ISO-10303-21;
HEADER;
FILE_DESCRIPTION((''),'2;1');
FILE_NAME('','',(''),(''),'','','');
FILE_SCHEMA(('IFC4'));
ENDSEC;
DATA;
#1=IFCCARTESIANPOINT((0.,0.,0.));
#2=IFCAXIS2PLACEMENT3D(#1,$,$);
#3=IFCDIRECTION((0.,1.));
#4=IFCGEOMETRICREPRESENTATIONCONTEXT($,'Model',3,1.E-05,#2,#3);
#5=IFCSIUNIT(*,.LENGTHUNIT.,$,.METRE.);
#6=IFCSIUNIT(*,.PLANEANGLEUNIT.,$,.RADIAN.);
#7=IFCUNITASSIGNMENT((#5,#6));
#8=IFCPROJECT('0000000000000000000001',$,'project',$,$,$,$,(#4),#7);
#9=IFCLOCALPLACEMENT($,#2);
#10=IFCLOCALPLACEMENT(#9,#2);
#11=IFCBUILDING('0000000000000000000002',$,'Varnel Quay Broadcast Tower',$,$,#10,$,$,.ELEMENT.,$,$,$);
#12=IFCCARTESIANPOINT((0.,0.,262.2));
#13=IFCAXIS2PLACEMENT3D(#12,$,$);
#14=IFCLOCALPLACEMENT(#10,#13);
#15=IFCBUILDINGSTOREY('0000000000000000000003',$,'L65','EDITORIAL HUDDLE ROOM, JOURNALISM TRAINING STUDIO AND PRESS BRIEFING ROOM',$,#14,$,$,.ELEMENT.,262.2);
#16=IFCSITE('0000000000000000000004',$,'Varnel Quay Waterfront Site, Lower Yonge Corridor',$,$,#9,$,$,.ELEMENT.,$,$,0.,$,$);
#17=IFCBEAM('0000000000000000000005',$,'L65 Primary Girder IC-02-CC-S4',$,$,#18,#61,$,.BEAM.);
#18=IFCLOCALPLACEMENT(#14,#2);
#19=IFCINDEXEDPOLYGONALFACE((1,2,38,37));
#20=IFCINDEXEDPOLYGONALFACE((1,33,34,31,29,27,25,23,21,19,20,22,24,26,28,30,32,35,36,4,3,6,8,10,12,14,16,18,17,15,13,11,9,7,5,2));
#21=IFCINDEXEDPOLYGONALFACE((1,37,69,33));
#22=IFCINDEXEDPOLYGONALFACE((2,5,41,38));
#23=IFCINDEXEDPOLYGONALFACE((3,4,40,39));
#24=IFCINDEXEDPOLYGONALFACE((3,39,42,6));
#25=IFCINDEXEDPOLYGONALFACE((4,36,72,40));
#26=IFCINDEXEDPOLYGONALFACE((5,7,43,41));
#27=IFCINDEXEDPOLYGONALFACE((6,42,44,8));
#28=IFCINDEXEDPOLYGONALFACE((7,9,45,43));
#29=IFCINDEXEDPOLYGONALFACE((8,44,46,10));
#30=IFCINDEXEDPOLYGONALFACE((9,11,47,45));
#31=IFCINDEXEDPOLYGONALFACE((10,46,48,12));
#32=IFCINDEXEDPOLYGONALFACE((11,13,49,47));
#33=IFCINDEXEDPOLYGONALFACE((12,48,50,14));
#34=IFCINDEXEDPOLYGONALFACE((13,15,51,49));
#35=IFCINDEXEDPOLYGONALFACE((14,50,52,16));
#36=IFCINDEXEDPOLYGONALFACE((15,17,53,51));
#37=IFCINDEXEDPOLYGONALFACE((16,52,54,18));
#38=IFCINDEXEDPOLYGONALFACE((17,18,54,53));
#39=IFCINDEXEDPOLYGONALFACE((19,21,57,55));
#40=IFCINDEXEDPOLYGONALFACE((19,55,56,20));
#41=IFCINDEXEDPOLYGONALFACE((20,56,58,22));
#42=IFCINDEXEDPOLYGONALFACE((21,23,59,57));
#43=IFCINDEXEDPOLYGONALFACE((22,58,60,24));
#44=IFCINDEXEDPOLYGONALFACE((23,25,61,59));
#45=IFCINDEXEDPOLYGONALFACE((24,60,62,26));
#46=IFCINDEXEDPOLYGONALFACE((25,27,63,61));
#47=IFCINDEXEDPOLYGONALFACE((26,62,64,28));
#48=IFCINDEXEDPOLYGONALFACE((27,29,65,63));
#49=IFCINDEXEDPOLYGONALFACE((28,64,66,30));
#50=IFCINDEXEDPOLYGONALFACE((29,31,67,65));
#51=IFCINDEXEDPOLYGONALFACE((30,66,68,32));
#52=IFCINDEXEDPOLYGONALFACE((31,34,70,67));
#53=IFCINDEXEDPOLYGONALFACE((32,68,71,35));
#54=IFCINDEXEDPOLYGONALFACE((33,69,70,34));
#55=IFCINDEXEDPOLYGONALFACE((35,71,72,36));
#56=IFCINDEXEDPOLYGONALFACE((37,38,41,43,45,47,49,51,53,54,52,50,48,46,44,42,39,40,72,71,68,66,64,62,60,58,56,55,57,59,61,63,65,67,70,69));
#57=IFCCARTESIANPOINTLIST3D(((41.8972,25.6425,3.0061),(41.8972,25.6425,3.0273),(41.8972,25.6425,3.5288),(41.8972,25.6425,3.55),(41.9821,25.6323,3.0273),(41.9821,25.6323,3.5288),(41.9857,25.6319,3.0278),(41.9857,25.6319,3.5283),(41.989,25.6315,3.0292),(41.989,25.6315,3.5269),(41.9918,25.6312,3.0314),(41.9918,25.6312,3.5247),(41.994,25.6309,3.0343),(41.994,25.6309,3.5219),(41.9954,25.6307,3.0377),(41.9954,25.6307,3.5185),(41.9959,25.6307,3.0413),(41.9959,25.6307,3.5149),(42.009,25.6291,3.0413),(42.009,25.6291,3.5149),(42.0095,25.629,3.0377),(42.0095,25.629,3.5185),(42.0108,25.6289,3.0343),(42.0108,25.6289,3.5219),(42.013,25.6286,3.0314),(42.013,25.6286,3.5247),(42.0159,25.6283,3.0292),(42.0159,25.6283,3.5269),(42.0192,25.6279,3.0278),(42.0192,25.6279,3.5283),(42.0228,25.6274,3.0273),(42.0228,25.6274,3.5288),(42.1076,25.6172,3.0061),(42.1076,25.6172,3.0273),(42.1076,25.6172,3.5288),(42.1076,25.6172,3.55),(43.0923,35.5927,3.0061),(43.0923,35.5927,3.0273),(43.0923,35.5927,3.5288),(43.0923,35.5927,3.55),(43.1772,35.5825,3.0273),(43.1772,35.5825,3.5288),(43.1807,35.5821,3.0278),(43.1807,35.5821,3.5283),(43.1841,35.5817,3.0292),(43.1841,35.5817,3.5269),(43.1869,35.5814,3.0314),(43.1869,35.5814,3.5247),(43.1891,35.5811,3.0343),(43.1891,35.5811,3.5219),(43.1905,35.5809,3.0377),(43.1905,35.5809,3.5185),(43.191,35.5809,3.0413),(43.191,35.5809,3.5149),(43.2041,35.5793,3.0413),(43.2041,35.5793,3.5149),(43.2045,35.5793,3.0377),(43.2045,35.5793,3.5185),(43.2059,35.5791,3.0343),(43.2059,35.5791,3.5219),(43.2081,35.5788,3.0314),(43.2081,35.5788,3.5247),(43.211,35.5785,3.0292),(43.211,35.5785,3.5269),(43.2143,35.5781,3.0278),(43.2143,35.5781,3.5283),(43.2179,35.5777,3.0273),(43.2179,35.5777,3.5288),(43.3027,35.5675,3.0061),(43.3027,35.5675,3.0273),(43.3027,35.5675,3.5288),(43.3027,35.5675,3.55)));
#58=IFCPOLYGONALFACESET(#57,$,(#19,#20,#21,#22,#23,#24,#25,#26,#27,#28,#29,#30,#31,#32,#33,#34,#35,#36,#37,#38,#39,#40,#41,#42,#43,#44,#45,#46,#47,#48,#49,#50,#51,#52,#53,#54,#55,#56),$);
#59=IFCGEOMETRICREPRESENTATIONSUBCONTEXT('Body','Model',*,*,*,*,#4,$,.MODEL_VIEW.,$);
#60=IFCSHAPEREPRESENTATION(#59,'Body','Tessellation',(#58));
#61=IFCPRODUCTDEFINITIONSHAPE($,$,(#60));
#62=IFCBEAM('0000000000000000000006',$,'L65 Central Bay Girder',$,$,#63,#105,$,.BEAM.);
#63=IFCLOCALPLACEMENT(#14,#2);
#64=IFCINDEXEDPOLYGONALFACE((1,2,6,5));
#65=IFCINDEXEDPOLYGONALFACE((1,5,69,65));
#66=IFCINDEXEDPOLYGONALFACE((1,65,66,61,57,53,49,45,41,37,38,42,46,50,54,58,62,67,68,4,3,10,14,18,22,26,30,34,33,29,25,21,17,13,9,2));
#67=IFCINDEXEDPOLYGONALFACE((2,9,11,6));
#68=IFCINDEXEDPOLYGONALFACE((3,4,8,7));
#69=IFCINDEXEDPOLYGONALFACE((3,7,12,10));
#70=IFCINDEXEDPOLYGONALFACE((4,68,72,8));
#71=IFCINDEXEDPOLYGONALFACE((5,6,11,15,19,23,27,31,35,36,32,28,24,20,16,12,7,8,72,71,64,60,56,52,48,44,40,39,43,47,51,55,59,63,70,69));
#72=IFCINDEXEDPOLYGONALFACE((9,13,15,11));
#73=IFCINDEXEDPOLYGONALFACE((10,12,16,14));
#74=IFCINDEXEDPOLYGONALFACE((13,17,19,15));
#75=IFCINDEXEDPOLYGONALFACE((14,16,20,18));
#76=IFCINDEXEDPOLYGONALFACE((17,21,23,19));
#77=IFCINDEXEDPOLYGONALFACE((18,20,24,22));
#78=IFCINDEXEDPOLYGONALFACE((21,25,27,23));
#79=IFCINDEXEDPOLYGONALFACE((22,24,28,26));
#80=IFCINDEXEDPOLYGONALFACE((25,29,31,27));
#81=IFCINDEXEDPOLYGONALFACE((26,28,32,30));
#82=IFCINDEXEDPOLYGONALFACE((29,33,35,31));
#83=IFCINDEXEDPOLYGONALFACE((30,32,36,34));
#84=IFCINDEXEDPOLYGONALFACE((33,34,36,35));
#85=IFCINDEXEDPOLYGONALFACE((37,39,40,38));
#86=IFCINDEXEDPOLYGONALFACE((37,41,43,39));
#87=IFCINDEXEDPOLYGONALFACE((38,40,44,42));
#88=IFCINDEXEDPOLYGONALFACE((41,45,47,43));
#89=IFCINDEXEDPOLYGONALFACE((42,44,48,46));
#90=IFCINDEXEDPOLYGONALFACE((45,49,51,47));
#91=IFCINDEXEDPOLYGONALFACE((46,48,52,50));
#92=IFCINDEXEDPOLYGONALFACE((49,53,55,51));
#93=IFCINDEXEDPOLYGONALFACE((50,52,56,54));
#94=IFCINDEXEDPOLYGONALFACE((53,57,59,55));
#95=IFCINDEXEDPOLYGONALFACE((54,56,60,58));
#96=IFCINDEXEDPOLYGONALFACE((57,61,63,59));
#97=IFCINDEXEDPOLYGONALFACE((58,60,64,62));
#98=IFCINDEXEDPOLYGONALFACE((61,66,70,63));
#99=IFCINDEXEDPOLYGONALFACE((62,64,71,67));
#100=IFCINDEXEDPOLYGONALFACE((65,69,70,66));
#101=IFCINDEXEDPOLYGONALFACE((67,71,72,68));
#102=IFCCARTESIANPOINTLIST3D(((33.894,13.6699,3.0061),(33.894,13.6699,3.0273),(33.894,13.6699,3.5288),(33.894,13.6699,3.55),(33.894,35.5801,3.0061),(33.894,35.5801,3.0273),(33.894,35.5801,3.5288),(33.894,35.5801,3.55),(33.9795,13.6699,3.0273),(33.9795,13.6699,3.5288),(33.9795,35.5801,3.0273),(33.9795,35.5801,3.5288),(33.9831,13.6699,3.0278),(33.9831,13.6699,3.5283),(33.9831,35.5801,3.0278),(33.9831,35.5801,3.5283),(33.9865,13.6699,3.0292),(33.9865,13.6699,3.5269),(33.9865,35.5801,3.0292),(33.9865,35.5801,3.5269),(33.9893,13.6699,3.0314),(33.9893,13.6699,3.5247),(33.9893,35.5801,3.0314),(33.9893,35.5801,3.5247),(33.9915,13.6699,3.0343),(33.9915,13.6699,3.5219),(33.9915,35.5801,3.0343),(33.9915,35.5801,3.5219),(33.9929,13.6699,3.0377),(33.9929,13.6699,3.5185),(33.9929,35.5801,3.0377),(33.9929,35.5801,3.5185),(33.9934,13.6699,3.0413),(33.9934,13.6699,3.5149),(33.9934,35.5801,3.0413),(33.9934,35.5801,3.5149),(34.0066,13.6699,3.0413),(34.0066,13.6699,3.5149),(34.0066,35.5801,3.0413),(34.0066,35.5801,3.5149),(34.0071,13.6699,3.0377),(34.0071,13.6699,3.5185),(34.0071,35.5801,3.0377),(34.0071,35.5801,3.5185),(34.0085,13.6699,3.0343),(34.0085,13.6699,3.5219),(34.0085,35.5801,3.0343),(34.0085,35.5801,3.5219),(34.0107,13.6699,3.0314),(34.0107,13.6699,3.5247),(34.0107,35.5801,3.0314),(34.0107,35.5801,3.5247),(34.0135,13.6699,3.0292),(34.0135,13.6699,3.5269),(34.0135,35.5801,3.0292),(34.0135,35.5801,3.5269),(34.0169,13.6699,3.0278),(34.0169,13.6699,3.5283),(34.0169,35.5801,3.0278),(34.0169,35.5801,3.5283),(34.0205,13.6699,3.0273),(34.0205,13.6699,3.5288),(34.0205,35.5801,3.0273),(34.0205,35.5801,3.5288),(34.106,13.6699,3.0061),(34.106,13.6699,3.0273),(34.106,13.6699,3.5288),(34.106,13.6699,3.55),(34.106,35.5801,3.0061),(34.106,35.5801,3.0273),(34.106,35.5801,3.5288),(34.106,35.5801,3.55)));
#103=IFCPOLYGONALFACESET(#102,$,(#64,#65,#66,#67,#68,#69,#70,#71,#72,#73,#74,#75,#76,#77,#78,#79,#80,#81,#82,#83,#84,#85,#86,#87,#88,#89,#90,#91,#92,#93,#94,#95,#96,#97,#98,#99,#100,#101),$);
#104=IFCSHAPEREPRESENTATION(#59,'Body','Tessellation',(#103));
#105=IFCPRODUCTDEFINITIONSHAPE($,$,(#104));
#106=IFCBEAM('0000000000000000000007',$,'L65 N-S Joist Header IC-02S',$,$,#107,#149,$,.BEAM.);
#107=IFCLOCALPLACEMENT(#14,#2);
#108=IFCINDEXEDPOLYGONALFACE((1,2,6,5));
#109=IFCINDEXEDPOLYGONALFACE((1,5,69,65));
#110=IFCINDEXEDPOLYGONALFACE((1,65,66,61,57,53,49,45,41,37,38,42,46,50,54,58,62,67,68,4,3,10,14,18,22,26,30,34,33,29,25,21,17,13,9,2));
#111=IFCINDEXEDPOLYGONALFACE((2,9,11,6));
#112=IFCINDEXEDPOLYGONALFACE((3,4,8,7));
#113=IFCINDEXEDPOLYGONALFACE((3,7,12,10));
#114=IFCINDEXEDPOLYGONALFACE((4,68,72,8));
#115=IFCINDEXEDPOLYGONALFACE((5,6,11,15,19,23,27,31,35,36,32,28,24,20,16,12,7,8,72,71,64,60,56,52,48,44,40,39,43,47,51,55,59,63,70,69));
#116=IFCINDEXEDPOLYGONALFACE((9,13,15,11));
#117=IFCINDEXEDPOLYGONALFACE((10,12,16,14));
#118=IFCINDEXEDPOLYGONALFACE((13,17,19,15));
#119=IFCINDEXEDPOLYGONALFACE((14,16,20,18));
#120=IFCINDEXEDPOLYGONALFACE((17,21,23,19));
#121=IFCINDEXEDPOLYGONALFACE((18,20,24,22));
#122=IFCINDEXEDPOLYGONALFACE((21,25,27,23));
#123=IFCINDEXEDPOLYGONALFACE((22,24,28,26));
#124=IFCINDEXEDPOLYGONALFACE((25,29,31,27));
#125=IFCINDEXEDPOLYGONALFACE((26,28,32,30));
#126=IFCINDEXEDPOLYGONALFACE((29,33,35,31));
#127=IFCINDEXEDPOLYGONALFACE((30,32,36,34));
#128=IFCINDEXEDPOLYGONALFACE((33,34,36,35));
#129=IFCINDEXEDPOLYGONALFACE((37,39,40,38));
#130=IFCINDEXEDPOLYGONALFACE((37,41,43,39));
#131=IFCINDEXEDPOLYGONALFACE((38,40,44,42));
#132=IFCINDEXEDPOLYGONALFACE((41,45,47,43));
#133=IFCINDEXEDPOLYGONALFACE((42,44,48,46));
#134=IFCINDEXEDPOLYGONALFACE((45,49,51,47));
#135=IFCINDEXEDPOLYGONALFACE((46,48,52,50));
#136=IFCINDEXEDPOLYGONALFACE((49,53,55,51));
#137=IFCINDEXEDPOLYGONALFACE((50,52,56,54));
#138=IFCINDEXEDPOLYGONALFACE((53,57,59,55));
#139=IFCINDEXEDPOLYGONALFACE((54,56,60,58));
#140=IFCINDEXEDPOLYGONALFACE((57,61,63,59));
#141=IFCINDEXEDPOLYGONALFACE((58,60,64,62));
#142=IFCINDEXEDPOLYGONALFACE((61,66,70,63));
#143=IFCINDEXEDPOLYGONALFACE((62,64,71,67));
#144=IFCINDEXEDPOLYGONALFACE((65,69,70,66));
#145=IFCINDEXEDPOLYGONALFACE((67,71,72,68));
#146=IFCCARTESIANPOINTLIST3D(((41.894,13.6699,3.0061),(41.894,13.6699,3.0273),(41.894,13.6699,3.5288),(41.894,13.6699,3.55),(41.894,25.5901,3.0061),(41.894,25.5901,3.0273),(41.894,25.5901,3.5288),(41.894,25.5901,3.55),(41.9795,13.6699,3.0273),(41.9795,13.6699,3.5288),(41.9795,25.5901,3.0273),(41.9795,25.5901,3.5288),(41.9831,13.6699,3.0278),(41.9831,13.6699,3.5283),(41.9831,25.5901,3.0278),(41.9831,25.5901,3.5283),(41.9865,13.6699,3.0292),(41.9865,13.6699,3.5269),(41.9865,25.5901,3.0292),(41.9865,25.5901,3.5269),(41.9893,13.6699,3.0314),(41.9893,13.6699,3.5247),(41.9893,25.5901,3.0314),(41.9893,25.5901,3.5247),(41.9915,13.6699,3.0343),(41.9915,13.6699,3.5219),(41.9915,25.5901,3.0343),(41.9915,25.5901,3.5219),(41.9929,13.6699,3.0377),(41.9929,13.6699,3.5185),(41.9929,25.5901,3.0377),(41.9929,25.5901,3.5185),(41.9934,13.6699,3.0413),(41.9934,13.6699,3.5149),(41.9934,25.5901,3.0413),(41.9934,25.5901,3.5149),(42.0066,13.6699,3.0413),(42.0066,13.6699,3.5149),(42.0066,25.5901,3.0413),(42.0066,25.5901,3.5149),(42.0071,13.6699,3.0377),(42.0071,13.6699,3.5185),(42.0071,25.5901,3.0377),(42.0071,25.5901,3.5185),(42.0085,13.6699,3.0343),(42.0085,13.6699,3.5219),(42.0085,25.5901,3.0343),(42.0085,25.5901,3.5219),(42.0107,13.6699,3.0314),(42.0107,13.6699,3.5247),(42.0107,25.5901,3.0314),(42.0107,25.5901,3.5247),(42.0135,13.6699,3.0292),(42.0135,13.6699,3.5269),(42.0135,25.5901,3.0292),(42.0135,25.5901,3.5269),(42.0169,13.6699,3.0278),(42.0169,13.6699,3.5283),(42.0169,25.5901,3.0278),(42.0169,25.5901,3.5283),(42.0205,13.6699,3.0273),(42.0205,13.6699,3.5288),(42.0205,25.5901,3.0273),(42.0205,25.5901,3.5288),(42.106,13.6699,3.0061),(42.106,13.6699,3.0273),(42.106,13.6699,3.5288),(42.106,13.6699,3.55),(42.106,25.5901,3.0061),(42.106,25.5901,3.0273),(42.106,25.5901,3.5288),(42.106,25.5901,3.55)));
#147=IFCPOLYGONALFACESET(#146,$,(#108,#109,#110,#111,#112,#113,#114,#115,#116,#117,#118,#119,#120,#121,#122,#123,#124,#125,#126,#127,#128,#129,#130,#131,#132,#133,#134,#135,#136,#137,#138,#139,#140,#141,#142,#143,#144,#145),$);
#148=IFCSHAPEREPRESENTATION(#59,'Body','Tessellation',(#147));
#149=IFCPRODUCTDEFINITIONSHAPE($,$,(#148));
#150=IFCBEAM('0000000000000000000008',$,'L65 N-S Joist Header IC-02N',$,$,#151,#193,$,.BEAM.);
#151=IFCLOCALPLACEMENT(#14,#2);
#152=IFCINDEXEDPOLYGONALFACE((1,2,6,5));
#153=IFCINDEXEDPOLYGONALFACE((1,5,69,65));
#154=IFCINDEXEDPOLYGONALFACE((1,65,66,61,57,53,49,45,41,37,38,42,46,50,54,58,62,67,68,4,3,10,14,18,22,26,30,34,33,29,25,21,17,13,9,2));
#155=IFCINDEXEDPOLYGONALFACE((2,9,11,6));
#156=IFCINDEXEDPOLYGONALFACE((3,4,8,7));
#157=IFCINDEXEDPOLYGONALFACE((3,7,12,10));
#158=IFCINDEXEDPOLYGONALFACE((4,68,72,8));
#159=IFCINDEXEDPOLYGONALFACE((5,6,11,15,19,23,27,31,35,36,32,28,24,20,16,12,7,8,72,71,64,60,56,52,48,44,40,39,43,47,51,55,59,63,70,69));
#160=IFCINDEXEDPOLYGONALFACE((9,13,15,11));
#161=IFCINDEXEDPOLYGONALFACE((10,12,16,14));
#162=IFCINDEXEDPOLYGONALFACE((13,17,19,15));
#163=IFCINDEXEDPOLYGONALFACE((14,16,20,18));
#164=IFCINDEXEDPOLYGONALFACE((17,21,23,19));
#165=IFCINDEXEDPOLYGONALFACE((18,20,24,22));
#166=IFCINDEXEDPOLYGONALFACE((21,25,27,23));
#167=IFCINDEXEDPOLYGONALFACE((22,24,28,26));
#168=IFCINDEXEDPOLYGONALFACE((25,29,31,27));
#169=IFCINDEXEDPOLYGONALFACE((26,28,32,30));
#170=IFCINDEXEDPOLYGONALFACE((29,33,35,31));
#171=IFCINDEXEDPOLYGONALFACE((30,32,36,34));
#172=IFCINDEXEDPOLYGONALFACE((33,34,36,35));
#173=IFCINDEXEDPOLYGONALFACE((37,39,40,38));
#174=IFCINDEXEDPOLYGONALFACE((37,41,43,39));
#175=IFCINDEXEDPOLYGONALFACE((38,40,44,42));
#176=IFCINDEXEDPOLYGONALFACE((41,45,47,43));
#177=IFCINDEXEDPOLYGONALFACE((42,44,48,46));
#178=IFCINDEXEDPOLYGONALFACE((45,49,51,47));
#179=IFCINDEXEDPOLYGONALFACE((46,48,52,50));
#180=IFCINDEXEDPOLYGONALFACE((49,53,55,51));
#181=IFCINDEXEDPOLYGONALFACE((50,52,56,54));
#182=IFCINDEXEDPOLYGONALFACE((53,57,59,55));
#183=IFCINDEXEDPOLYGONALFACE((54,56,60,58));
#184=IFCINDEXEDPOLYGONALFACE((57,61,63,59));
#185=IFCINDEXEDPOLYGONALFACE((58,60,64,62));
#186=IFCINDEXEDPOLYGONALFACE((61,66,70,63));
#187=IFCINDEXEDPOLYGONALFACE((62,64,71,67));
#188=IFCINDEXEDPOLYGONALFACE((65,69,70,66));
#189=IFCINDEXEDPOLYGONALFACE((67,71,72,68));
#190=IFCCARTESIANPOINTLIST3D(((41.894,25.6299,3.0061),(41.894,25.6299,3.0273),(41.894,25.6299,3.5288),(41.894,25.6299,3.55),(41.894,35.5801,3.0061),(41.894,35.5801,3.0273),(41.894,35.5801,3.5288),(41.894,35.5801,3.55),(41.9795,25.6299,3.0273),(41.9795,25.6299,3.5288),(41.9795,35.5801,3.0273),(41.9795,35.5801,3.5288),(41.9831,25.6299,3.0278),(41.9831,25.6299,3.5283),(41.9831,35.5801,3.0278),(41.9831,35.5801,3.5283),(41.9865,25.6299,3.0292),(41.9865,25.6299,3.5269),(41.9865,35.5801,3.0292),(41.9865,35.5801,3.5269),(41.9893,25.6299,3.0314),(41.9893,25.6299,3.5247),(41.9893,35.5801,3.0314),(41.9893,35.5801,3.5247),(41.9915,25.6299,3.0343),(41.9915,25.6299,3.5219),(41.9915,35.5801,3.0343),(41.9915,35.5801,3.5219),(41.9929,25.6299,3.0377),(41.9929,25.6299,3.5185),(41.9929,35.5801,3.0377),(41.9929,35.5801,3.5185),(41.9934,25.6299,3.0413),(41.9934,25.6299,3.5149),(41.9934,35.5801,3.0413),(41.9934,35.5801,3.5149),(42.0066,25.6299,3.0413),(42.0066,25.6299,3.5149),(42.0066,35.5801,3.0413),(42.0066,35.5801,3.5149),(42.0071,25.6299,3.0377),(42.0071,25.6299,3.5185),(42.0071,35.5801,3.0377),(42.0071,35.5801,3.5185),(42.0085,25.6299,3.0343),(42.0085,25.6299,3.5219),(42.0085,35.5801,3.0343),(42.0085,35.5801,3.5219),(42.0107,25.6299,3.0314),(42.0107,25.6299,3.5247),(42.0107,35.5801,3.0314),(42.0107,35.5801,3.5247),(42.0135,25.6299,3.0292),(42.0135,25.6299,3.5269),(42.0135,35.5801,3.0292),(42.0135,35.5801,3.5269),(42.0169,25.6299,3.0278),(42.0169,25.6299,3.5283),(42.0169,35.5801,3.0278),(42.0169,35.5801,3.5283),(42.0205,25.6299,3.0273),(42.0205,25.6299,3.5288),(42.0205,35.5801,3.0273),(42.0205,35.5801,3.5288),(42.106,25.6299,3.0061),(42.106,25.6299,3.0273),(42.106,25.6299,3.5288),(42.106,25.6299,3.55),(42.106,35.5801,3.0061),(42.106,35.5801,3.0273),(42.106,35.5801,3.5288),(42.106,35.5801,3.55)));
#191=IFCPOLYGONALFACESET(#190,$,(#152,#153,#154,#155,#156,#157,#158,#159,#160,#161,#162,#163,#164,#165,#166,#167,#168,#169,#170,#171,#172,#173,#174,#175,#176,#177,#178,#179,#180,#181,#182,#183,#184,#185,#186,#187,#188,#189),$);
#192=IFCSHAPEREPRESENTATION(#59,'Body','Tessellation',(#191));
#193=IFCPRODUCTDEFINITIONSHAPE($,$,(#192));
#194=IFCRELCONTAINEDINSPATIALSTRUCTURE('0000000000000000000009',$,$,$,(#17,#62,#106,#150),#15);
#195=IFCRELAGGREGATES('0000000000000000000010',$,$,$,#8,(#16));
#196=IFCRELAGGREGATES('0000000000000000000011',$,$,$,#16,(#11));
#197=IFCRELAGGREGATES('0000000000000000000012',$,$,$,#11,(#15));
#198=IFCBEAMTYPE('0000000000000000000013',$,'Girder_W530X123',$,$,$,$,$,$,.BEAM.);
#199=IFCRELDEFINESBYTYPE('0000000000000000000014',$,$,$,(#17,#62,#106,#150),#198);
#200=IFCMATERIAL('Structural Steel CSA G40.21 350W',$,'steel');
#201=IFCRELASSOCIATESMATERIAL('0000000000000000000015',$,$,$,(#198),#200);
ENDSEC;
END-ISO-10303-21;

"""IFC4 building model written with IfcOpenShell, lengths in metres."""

from ifc_helpers import new_model, si_unit, direction, frame, origin, origin_2d, place, context, subcontext, project, spatial, i_section, extrude, source, transform, mapped, material, material_profile, profile_set, type_object, element, save


model = new_model("IFC4")

# Units and contexts
model_context = context("Model", 3, precision=1e-05, world=origin(), true_north=direction((0.0, 1.0)))
body_context = subcontext(model_context, "Body", "Model", "MODEL_VIEW")
ifc_project = project(units=[si_unit("LENGTHUNIT", "METRE"), si_unit("PLANEANGLEUNIT", "RADIAN")], contexts=[model_context])

# Site, building, storey
site_placement = place(None, origin())
site = spatial("IfcSite", under=ifc_project, at=site_placement, Name="Varnel Quay Waterfront Site, Lower Yonge Corridor", CompositionType="ELEMENT", RefElevation=0.0)
building_placement = place(site_placement, origin())
building = spatial("IfcBuilding", under=site, at=building_placement, Name="Varnel Quay Broadcast Tower", CompositionType="ELEMENT")
storey_placement = place(building_placement, frame((0.0, 0.0, 262.2)))
storey = spatial("IfcBuildingStorey", under=building, at=storey_placement, Name="L65", Description="EDITORIAL HUDDLE ROOM, JOURNALISM TRAINING STUDIO AND PRESS BRIEFING ROOM", CompositionType="ELEMENT", Elevation=262.2)

# Shared definitions
ifc_material_1 = material(Name="Structural Steel CSA G40.21 350W", Category="steel")

# Beams
ifc_material_profile_1 = material_profile(ifc_material_1, i_section(OverallWidth=0.2119, OverallDepth=0.5439, WebThickness=0.0132, FlangeThickness=0.0212, FilletRadius=0.0139, at=origin_2d()), Name="W530X123")
ifc_profile_set_1 = profile_set([ifc_material_profile_1], Name="Structural Steel CSA G40.21 350W")
beam_type_1 = type_object("IfcBeamType", Name="Girder_W530X123", PredefinedType="BEAM", material=ifc_profile_set_1)
shared_shape_1 = source(origin(), body_context, "Body", "SweptSolid", [
    extrude(i_section(OverallWidth=0.2119, OverallDepth=0.5439, WebThickness=0.0132, FlangeThickness=0.0212, FilletRadius=0.0139, at=origin_2d()), origin(), (0.0, 0.0, 1.0), 10.0217),
])
beam_1_placement = place(storey_placement, frame((42.0024, 25.6299, 3.2781), z_axis=(0.119248, 0.992864, 0.0), x_axis=(-0.992864, 0.119248, 0.0)))
element("IfcBeam", 1, at=beam_1_placement, inside=storey, type_object=beam_type_1, Name="L65 Primary Girder IC-02-CC-S4", PredefinedType="BEAM", context=body_context, shape_type="MappedRepresentation", body=[
    mapped(shared_shape_1, transform((0.0, 0.0, 0.0), x_axis=(1.0, 0.0, 0.0), y_axis=(0.0, 1.0, 0.0), z_axis=(0.0, 0.0, 1.0), scale=1.0)),
])
shared_shape_2 = source(origin(), body_context, "Body", "SweptSolid", [
    extrude(i_section(OverallWidth=0.2119, OverallDepth=0.5439, WebThickness=0.0132, FlangeThickness=0.0212, FilletRadius=0.0139, at=origin_2d()), origin(), (0.0, 0.0, 1.0), 21.9102),
])
beam_2_placement = place(storey_placement, frame((34.0, 13.6699, 3.2781), z_axis=(0.0, 1.0, 0.0), x_axis=(-1.0, 0.0, 0.0)))
element("IfcBeam", 2, at=beam_2_placement, inside=storey, type_object=beam_type_1, Name="L65 Central Bay Girder", PredefinedType="BEAM", context=body_context, shape_type="MappedRepresentation", body=[
    mapped(shared_shape_2, transform((0.0, 0.0, 0.0), x_axis=(1.0, 0.0, 0.0), y_axis=(0.0, 1.0, 0.0), z_axis=(0.0, 0.0, 1.0), scale=1.0)),
])
shared_shape_3 = source(origin(), body_context, "Body", "SweptSolid", [
    extrude(i_section(OverallWidth=0.2119, OverallDepth=0.5439, WebThickness=0.0132, FlangeThickness=0.0212, FilletRadius=0.0139, at=origin_2d()), origin(), (0.0, 0.0, 1.0), 11.9202),
])
beam_3_placement = place(storey_placement, frame((42.0, 13.6699, 3.2781), z_axis=(0.0, 1.0, 0.0), x_axis=(-1.0, 0.0, 0.0)))
element("IfcBeam", 3, at=beam_3_placement, inside=storey, type_object=beam_type_1, Name="L65 N-S Joist Header IC-02S", PredefinedType="BEAM", context=body_context, shape_type="MappedRepresentation", body=[
    mapped(shared_shape_3, transform((0.0, 0.0, 0.0), x_axis=(1.0, 0.0, 0.0), y_axis=(0.0, 1.0, 0.0), z_axis=(0.0, 0.0, 1.0), scale=1.0)),
])
shared_shape_4 = source(origin(), body_context, "Body", "SweptSolid", [
    extrude(i_section(OverallWidth=0.2119, OverallDepth=0.5439, WebThickness=0.0132, FlangeThickness=0.0212, FilletRadius=0.0139, at=origin_2d()), origin(), (0.0, 0.0, 1.0), 9.9502),
])
beam_4_placement = place(storey_placement, frame((42.0, 25.6299, 3.2781), z_axis=(0.0, 1.0, 0.0), x_axis=(-1.0, 0.0, 0.0)))
element("IfcBeam", 4, at=beam_4_placement, inside=storey, type_object=beam_type_1, Name="L65 N-S Joist Header IC-02N", PredefinedType="BEAM", context=body_context, shape_type="MappedRepresentation", body=[
    mapped(shared_shape_4, transform((0.0, 0.0, 0.0), x_axis=(1.0, 0.0, 0.0), y_axis=(0.0, 1.0, 0.0), z_axis=(0.0, 0.0, 1.0), scale=1.0)),
])

save(model, "model.ifc")
